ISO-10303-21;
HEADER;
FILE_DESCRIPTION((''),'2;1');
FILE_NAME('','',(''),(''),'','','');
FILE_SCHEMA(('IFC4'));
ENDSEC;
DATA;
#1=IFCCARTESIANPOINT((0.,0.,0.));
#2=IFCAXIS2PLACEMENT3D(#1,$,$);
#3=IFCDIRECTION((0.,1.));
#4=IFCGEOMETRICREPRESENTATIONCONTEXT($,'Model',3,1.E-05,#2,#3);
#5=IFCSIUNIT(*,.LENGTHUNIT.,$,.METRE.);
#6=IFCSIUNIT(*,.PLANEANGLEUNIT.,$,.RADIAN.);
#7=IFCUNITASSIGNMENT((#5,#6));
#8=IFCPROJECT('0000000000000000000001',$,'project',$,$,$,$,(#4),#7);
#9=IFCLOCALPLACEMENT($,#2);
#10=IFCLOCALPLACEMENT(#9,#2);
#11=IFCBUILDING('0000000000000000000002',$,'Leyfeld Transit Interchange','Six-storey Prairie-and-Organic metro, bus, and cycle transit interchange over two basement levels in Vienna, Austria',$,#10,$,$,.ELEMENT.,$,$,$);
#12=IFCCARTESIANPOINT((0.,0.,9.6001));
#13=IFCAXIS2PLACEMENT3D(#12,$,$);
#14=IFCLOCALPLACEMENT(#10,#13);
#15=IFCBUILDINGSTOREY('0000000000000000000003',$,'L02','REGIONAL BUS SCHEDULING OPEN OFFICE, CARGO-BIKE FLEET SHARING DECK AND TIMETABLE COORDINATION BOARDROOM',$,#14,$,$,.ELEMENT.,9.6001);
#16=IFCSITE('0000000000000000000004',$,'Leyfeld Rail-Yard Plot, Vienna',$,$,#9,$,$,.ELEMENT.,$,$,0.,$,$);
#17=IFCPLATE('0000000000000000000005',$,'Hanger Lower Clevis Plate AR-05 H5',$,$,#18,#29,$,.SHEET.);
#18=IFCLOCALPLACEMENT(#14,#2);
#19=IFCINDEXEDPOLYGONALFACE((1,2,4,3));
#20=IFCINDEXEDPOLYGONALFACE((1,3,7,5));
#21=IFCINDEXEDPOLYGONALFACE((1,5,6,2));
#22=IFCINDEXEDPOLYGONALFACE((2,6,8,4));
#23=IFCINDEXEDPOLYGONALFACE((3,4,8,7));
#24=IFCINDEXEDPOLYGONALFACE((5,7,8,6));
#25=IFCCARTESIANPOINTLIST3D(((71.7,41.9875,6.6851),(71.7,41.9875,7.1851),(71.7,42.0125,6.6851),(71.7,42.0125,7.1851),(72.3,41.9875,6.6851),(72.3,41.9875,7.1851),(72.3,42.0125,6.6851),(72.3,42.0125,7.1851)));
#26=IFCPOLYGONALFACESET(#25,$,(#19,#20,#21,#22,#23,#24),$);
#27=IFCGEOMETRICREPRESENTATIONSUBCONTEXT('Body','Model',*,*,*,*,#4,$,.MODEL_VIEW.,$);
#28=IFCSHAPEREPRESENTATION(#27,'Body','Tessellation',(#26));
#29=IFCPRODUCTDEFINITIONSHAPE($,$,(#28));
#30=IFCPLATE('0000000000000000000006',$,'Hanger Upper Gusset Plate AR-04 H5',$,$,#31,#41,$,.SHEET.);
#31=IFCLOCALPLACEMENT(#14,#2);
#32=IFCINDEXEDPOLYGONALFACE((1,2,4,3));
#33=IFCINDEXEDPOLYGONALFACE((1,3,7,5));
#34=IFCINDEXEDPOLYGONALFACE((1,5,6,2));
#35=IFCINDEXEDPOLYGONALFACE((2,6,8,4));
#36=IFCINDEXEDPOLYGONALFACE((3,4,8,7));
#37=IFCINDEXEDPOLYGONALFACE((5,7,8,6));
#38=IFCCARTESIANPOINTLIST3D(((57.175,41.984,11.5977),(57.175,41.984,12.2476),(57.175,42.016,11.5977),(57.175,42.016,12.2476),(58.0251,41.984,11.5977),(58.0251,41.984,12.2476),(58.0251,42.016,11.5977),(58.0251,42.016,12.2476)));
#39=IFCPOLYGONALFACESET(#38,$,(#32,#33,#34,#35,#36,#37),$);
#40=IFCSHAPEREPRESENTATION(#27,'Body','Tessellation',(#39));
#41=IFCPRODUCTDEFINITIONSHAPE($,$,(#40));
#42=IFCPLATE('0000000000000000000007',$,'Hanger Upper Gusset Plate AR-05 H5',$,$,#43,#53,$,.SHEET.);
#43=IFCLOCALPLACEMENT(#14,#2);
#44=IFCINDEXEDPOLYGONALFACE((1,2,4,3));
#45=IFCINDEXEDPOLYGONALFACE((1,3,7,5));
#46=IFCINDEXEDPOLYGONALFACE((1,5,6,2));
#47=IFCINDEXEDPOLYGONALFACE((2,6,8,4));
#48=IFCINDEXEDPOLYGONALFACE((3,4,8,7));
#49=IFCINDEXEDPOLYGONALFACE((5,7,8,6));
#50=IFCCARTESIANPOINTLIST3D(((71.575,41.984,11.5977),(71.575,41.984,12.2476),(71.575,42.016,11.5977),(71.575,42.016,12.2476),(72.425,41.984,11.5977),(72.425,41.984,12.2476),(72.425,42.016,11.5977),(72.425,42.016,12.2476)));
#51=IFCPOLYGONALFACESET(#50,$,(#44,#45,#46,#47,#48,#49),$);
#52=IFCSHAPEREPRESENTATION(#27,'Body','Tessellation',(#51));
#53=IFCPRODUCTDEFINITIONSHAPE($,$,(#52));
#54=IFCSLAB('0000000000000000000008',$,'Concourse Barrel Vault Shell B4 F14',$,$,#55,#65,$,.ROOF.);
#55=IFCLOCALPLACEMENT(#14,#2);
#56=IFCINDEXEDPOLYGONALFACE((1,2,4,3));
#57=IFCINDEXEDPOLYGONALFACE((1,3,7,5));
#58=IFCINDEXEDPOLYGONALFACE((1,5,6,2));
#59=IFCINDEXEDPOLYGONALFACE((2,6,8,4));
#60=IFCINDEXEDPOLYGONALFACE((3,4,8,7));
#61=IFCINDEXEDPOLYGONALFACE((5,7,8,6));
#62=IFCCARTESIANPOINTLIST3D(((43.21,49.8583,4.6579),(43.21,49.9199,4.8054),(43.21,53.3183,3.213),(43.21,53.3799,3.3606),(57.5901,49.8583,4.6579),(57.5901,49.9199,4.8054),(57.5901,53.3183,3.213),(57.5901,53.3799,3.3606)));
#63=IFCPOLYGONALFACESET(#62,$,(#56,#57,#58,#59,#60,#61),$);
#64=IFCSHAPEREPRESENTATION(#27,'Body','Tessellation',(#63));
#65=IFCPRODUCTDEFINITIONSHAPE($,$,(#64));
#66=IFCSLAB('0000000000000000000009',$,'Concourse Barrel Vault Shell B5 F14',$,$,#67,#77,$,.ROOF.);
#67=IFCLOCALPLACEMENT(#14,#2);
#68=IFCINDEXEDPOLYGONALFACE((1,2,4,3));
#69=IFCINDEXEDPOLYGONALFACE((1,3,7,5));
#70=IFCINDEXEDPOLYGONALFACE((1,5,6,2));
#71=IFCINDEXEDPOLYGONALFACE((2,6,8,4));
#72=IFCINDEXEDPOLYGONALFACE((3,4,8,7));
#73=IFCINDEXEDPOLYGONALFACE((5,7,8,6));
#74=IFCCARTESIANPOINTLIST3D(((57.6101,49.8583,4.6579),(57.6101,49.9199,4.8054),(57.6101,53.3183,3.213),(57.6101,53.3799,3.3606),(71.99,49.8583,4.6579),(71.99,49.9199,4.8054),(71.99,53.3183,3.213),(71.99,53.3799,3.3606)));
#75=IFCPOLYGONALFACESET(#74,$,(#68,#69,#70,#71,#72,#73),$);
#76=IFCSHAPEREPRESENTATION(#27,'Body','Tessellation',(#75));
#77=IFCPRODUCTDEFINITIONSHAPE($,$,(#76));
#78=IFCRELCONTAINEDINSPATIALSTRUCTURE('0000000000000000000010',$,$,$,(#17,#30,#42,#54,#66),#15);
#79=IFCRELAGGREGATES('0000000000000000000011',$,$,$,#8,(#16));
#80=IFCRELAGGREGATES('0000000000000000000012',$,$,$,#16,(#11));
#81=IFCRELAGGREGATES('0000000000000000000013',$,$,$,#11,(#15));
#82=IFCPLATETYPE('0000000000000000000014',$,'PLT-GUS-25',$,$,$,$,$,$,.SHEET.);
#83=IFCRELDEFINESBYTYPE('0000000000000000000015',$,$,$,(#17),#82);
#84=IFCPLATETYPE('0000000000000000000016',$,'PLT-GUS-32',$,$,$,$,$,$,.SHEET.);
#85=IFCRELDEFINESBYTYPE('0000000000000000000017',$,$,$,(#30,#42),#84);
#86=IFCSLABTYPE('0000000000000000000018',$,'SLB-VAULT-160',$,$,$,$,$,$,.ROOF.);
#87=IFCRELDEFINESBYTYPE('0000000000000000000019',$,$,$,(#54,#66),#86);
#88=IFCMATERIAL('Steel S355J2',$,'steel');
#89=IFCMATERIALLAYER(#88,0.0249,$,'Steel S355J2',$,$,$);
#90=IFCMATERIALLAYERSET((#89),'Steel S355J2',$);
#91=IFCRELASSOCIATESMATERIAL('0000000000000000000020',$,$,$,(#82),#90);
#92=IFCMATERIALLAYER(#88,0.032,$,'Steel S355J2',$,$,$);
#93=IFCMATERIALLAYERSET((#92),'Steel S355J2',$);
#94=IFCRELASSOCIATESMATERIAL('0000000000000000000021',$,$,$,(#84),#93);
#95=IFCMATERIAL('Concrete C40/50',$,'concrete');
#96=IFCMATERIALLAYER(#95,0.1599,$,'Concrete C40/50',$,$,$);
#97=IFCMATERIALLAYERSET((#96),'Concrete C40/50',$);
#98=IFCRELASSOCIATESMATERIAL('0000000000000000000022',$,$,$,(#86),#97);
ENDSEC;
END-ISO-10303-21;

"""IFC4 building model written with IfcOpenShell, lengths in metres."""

from ifc_helpers import new_model, si_unit, direction, frame, origin, origin_2d, place, context, subcontext, project, spatial, polyline, rectangle, outline, extrude, material, layer, layer_set, type_object, element, save


model = new_model("IFC4")

# Units and contexts
model_context = context("Model", 3, precision=1e-05, world=origin(), true_north=direction((0.0, 1.0)))
body_context = subcontext(model_context, "Body", "Model", "MODEL_VIEW")
ifc_project = project(units=[si_unit("LENGTHUNIT", "METRE"), si_unit("PLANEANGLEUNIT", "RADIAN")], contexts=[model_context])

# Site, building, storey
site_placement = place(None, origin())
site = spatial("IfcSite", under=ifc_project, at=site_placement, Name="Leyfeld Rail-Yard Plot, Vienna", CompositionType="ELEMENT", RefElevation=0.0)
building_placement = place(site_placement, origin())
building = spatial("IfcBuilding", under=site, at=building_placement, Name="Leyfeld Transit Interchange", Description="Six-storey Prairie-and-Organic metro, bus, and cycle transit interchange over two basement levels in Vienna, Austria", CompositionType="ELEMENT")
storey_placement = place(building_placement, frame((0.0, 0.0, 9.6001)))
storey = spatial("IfcBuildingStorey", under=building, at=storey_placement, Name="L02", Description="REGIONAL BUS SCHEDULING OPEN OFFICE, CARGO-BIKE FLEET SHARING DECK AND TIMETABLE COORDINATION BOARDROOM", CompositionType="ELEMENT", Elevation=9.6001)

# Shared definitions
ifc_material_1 = material(Name="Concrete C40/50", Category="concrete")

# Shared definitions
ifc_material_2 = material(Name="Steel S355J2", Category="steel")

# Plates
ifc_layer_1 = layer(ifc_material_2, 0.0249, Name="Steel S355J2")
ifc_layer_set_1 = layer_set([ifc_layer_1], Name="Steel S355J2")
plate_type_1 = type_object("IfcPlateType", Name="PLT-GUS-25", PredefinedType="SHEET", material=ifc_layer_set_1)
for number, where, z_axis, x_axis, name in (
    (1, (72.0, 42.0, 6.6851), (0.0, 0.0, 1.0), (1.0, 0.0, 0.0), "Hanger Lower Clevis Plate AR-05 H5"),
):
    element("IfcPlate", number, at=place(storey_placement, frame(where, z_axis=z_axis, x_axis=x_axis)), inside=storey, type_object=plate_type_1, Name=name, PredefinedType="SHEET", context=body_context, shape_type="SweptSolid", body=[
        extrude(rectangle(XDim=0.6001, YDim=0.0249, at=origin_2d()), origin(), (0.0, 0.0, 1.0), 0.5),
    ])
ifc_layer_2 = layer(ifc_material_2, 0.032, Name="Steel S355J2")
ifc_layer_set_2 = layer_set([ifc_layer_2], Name="Steel S355J2")
plate_type_2 = type_object("IfcPlateType", Name="PLT-GUS-32", PredefinedType="SHEET", material=ifc_layer_set_2)
for number, where, z_axis, x_axis, name in (
    (2, (57.6001, 42.0, 11.5977), (0.0, 0.0, 1.0), (1.0, 0.0, 0.0), "Hanger Upper Gusset Plate AR-04 H5"),
    (3, (72.0, 42.0, 11.5977), (0.0, 0.0, 1.0), (1.0, 0.0, 0.0), "Hanger Upper Gusset Plate AR-05 H5"),
):
    element("IfcPlate", number, at=place(storey_placement, frame(where, z_axis=z_axis, x_axis=x_axis)), inside=storey, type_object=plate_type_2, Name=name, PredefinedType="SHEET", context=body_context, shape_type="SweptSolid", body=[
        extrude(rectangle(XDim=0.8501, YDim=0.032, at=origin_2d()), origin(), (0.0, 0.0, 1.0), 0.6499),
    ])

# Slabs
ifc_layer_3 = layer(ifc_material_1, 0.1599, Name="Concrete C40/50")
ifc_layer_set_3 = layer_set([ifc_layer_3], Name="Concrete C40/50")
slab_type = type_object("IfcSlabType", Name="SLB-VAULT-160", PredefinedType="ROOF", material=ifc_layer_set_3)
slab_1_placement = place(storey_placement, frame((43.21, 49.9199, 4.8054), z_axis=(0.0, 0.385337, 0.922776), x_axis=(1.0, 0.0, 0.0)))
element("IfcSlab", 4, at=slab_1_placement, inside=storey, type_object=slab_type, Name="Concourse Barrel Vault Shell B4 F14", PredefinedType="ROOF", context=body_context, shape_type="SweptSolid", body=[
    extrude(outline(polyline([(0.0, 0.0), (14.3801, 0.0), (14.3801, 3.7495), (0.0, 3.7495), (0.0, 0.0)])), origin(), (0.0, 0.0, -1.0), 0.1599),
])
slab_2_placement = place(storey_placement, frame((57.6101, 49.9199, 4.8054), z_axis=(0.0, 0.385337, 0.922776), x_axis=(1.0, 0.0, 0.0)))
element("IfcSlab", 5, at=slab_2_placement, inside=storey, type_object=slab_type, Name="Concourse Barrel Vault Shell B5 F14", PredefinedType="ROOF", context=body_context, shape_type="SweptSolid", body=[
    extrude(outline(polyline([(0.0, 0.0), (14.3799, 0.0), (14.3799, 3.7495), (0.0, 3.7495), (0.0, 0.0)])), origin(), (0.0, 0.0, -1.0), 0.1599),
])

save(model, "model.ifc")
